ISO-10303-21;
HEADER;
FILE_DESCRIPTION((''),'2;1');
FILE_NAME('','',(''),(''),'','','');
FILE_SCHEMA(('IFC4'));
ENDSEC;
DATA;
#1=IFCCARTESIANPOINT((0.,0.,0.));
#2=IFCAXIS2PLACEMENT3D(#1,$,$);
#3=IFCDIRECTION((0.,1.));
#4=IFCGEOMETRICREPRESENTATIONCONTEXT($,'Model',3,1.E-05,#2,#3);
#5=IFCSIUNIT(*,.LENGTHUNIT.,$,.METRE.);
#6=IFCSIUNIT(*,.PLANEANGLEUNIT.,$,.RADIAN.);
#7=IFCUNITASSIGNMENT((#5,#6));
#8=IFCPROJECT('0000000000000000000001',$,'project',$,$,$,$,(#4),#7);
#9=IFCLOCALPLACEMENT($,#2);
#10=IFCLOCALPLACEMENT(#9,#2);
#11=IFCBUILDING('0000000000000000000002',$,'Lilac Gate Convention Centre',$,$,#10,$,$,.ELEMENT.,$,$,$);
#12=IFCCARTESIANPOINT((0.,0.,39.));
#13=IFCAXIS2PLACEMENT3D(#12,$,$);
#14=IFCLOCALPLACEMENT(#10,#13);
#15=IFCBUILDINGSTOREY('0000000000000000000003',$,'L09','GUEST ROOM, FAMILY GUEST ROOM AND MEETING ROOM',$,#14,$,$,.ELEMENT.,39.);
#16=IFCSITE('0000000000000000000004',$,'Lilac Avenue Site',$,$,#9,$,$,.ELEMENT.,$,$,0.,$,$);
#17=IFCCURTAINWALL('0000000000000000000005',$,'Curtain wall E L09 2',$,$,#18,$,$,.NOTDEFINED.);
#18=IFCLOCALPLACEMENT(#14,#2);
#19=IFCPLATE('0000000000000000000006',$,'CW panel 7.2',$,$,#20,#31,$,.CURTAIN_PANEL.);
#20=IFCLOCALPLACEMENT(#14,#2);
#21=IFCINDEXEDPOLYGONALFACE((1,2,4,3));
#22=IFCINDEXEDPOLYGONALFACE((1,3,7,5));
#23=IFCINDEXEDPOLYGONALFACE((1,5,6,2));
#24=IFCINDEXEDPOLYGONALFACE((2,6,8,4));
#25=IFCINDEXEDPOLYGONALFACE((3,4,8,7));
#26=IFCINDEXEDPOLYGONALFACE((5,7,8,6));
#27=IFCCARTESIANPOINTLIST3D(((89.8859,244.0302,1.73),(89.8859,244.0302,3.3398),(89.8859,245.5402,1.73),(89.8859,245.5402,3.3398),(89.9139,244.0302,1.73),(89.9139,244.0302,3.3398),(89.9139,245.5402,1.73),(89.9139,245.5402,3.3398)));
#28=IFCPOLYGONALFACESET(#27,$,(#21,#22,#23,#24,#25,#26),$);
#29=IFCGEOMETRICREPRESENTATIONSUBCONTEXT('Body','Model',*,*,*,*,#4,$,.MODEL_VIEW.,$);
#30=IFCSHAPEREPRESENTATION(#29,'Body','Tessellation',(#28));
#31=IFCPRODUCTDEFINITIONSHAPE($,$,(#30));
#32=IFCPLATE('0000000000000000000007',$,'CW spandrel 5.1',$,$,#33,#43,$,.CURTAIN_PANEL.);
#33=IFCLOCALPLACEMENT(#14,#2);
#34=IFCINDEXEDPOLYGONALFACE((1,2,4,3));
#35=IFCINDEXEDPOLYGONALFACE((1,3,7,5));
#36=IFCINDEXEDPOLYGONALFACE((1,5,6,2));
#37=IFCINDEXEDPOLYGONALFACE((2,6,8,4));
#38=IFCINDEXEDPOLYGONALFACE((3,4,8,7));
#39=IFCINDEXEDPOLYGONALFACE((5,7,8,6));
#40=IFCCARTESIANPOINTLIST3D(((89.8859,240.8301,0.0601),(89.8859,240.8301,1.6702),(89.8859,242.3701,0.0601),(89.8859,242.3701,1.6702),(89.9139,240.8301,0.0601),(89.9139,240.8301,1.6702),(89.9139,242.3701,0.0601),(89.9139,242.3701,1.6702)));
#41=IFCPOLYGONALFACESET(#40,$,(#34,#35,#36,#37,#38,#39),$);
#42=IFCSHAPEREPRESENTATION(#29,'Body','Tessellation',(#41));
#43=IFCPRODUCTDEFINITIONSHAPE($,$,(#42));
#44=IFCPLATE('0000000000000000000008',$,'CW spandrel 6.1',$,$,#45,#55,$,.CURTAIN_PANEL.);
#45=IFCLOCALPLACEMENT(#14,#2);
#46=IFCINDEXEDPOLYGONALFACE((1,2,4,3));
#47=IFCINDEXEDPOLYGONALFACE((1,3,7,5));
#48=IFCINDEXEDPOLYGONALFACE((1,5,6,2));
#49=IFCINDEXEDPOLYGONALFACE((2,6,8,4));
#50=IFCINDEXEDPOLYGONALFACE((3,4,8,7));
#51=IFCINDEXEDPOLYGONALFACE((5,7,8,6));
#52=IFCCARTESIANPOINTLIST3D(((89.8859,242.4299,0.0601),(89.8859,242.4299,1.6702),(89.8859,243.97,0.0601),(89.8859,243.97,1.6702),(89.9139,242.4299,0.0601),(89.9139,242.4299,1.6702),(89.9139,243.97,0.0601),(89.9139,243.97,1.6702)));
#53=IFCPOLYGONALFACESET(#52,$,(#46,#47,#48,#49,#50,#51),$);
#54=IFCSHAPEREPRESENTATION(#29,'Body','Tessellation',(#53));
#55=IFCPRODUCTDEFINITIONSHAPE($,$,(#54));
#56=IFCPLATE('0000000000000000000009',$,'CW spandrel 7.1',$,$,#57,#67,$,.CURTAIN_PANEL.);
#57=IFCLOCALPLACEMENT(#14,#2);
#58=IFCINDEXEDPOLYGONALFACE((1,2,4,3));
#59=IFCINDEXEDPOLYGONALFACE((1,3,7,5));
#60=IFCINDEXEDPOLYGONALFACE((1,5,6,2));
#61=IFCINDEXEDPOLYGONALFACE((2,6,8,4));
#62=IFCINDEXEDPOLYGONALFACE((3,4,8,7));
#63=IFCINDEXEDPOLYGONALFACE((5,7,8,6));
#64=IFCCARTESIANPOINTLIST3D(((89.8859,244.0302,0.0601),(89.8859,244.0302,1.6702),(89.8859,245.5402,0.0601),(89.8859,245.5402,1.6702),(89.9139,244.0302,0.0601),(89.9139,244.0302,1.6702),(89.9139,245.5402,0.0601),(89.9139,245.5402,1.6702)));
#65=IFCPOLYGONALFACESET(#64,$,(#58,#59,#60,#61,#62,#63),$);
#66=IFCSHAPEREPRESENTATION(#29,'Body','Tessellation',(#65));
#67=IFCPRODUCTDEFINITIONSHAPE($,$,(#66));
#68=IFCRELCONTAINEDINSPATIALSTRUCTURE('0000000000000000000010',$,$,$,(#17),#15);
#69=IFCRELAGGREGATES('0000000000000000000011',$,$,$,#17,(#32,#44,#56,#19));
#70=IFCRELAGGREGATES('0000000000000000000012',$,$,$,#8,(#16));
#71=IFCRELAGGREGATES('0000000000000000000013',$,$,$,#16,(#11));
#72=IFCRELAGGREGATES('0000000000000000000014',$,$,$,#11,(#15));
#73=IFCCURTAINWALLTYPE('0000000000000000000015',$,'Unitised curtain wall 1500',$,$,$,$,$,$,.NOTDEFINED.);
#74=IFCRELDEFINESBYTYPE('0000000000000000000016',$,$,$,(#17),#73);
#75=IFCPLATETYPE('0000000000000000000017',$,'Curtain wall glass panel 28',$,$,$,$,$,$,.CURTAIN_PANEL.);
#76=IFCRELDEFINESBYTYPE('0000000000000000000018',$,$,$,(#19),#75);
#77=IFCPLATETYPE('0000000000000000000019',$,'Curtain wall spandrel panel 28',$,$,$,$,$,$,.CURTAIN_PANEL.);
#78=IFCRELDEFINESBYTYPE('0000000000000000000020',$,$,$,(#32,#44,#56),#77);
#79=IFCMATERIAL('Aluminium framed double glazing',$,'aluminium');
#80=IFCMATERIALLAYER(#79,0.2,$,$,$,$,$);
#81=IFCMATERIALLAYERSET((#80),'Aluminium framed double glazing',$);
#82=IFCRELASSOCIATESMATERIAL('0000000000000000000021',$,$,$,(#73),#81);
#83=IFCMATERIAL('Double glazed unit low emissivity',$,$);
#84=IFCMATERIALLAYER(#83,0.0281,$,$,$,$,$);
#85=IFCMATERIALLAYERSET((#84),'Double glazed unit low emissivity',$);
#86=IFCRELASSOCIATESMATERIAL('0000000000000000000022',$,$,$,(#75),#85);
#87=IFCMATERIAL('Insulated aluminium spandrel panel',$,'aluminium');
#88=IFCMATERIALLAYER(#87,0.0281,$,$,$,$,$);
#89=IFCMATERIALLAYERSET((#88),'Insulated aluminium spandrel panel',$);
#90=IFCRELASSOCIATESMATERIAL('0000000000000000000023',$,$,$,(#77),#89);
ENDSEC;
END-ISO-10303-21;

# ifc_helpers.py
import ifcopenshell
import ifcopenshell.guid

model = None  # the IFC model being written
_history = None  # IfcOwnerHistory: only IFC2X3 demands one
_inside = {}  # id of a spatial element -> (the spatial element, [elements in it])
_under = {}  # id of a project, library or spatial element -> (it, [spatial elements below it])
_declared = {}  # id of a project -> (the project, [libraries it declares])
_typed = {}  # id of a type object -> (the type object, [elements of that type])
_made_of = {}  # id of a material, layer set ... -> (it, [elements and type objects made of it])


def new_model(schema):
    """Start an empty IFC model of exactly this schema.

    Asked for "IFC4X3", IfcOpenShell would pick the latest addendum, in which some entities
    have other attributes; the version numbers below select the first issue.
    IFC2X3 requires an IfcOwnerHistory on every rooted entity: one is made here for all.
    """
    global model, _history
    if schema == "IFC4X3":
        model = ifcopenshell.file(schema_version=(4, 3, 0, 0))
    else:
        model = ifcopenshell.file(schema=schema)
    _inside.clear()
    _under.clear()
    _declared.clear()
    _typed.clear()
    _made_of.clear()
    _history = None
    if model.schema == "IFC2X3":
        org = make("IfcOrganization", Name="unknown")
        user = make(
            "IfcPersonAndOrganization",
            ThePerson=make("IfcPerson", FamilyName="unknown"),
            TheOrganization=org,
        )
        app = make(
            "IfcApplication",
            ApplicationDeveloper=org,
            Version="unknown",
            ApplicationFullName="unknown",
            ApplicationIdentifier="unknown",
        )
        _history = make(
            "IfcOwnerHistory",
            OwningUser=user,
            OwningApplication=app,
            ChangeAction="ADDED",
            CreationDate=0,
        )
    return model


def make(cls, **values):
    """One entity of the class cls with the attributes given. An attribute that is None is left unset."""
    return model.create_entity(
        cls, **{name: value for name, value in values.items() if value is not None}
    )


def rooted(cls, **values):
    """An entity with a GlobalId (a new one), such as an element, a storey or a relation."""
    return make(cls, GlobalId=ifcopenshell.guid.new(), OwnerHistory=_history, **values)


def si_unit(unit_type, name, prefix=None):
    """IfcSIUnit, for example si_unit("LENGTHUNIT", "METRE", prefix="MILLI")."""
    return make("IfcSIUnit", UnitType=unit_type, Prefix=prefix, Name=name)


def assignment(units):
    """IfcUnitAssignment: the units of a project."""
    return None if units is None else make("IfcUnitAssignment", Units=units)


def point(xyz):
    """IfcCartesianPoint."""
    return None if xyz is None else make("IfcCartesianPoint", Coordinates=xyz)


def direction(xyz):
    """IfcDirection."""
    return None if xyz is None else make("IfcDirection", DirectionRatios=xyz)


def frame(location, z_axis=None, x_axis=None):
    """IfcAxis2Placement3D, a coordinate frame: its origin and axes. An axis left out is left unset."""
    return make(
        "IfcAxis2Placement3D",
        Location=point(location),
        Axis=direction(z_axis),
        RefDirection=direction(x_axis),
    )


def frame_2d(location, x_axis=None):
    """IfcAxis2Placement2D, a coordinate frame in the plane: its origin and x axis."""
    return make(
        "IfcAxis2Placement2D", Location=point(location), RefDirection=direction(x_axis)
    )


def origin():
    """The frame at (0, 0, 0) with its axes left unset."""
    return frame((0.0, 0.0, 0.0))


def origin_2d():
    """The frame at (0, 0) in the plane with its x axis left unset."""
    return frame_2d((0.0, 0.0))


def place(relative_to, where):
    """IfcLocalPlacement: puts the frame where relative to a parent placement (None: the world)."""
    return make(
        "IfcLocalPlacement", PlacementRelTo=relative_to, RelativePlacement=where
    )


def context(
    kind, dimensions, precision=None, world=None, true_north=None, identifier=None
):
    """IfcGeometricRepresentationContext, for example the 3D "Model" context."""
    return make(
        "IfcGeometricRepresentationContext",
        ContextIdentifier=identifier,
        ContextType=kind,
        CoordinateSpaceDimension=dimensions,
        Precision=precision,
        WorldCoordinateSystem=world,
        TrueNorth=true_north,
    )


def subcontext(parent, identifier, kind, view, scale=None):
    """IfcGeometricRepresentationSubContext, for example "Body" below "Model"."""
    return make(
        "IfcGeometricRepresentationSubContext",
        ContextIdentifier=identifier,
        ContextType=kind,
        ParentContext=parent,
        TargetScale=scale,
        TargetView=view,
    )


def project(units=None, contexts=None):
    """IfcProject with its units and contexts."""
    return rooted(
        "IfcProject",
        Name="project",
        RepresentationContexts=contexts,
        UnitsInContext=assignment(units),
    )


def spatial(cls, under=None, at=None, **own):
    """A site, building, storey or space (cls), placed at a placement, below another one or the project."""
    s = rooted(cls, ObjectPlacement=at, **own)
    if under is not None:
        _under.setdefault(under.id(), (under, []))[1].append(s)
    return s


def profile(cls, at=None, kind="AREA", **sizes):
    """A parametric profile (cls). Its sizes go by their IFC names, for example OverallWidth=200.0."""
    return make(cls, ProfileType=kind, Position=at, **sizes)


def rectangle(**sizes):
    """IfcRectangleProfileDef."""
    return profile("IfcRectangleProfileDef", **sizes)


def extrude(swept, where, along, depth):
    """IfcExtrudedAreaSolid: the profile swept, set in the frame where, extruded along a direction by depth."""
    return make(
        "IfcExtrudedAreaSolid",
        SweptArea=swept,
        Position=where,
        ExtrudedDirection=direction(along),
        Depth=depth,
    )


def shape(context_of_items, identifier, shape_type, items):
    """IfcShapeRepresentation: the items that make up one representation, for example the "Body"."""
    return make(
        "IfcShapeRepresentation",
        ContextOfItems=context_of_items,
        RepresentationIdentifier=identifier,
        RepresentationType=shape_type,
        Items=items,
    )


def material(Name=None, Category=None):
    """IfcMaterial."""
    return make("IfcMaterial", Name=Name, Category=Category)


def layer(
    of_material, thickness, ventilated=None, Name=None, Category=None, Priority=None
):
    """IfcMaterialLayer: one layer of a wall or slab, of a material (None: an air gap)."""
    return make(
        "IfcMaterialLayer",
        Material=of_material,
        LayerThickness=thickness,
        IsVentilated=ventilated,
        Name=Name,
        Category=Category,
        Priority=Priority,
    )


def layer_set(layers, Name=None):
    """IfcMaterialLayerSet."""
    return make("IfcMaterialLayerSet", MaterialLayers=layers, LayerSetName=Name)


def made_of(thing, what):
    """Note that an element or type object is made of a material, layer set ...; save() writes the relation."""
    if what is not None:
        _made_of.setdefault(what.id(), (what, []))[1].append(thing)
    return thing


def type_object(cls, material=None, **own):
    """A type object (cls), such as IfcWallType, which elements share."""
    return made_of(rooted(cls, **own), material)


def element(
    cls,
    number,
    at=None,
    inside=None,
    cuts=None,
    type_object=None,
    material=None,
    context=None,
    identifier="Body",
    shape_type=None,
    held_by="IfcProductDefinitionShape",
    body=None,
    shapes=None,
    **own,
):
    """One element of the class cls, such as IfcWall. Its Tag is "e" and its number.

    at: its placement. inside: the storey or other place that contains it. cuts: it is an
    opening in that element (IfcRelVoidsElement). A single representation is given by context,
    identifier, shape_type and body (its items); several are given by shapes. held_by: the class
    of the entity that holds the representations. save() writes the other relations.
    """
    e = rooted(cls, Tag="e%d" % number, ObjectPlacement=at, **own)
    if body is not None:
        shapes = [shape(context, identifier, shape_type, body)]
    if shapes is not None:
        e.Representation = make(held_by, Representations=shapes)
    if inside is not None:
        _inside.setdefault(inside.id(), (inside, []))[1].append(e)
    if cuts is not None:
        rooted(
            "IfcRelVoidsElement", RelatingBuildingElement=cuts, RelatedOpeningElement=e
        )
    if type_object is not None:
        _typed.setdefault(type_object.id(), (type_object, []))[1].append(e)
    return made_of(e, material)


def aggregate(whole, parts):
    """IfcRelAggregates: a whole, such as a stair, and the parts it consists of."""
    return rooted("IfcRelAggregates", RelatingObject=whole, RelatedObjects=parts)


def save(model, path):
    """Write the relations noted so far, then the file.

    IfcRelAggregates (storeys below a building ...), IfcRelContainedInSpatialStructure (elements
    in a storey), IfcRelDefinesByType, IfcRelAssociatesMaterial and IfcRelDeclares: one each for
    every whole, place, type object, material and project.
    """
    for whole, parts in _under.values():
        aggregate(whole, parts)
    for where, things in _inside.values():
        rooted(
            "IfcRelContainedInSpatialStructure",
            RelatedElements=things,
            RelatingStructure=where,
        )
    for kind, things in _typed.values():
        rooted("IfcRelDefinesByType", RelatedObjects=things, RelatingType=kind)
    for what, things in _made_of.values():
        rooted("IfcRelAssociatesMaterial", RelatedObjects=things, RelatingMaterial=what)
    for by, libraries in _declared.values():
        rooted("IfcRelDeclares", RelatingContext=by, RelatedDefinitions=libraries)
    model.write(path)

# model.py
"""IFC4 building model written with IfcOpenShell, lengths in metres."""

from ifc_helpers import new_model, si_unit, direction, frame, origin, origin_2d, place, context, subcontext, project, spatial, rectangle, extrude, material, layer, layer_set, type_object, element, aggregate, save


model = new_model("IFC4")

# Units and contexts
model_context = context("Model", 3, precision=1e-05, world=origin(), true_north=direction((0.0, 1.0)))
body_context = subcontext(model_context, "Body", "Model", "MODEL_VIEW")
ifc_project = project(units=[si_unit("LENGTHUNIT", "METRE"), si_unit("PLANEANGLEUNIT", "RADIAN")], contexts=[model_context])

# Site, building, storey
site_placement = place(None, origin())
site = spatial("IfcSite", under=ifc_project, at=site_placement, Name="Lilac Avenue Site", CompositionType="ELEMENT", RefElevation=0.0)
building_placement = place(site_placement, origin())
building = spatial("IfcBuilding", under=site, at=building_placement, Name="Lilac Gate Convention Centre", CompositionType="ELEMENT")
storey_placement = place(building_placement, frame((0.0, 0.0, 39.0)))
storey = spatial("IfcBuildingStorey", under=building, at=storey_placement, Name="L09", Description="GUEST ROOM, FAMILY GUEST ROOM AND MEETING ROOM", CompositionType="ELEMENT", Elevation=39.0)

# Curtain wall, plates
ifc_material_1 = material(Name="Aluminium framed double glazing", Category="aluminium")
ifc_layer_1 = layer(ifc_material_1, 0.2)
ifc_layer_set_1 = layer_set([ifc_layer_1], Name="Aluminium framed double glazing")
curtain_wall_type = type_object("IfcCurtainWallType", Name="Unitised curtain wall 1500", PredefinedType="NOTDEFINED", material=ifc_layer_set_1)
curtain_wall_placement = place(storey_placement, origin())
curtain_wall = element("IfcCurtainWall", 1, at=curtain_wall_placement, inside=storey, type_object=curtain_wall_type, Name="Curtain wall E L09 2", PredefinedType="NOTDEFINED")
ifc_material_2 = material(Name="Double glazed unit low emissivity")
ifc_layer_2 = layer(ifc_material_2, 0.0281)
ifc_layer_set_2 = layer_set([ifc_layer_2], Name="Double glazed unit low emissivity")
plate_type_1 = type_object("IfcPlateType", Name="Curtain wall glass panel 28", PredefinedType="CURTAIN_PANEL", material=ifc_layer_set_2)
plate_1_placement = place(storey_placement, frame((89.8999, 244.7852, 1.73), z_axis=(0.0, 0.0, 1.0), x_axis=(0.0, 1.0, 0.0)))
plate_1 = element("IfcPlate", 2, at=plate_1_placement, type_object=plate_type_1, Name="CW panel 7.2", PredefinedType="CURTAIN_PANEL", context=body_context, shape_type="SweptSolid", body=[
    extrude(rectangle(XDim=1.51, YDim=0.0281, at=origin_2d()), origin(), (0.0, 0.0, 1.0), 1.6099),
])
ifc_material_3 = material(Name="Insulated aluminium spandrel panel", Category="aluminium")
ifc_layer_3 = layer(ifc_material_3, 0.0281)
ifc_layer_set_3 = layer_set([ifc_layer_3], Name="Insulated aluminium spandrel panel")
plate_type_2 = type_object("IfcPlateType", Name="Curtain wall spandrel panel 28", PredefinedType="CURTAIN_PANEL", material=ifc_layer_set_3)
plate_2_placement = place(storey_placement, frame((89.8999, 241.6001, 0.0601), z_axis=(0.0, 0.0, 1.0), x_axis=(0.0, 1.0, 0.0)))
plate_2 = element("IfcPlate", 3, at=plate_2_placement, type_object=plate_type_2, Name="CW spandrel 5.1", PredefinedType="CURTAIN_PANEL", context=body_context, shape_type="SweptSolid", body=[
    extrude(rectangle(XDim=1.54, YDim=0.0281, at=origin_2d()), origin(), (0.0, 0.0, 1.0), 1.6101),
])
plate_3_placement = place(storey_placement, frame((89.8999, 243.2, 0.0601), z_axis=(0.0, 0.0, 1.0), x_axis=(0.0, 1.0, 0.0)))
plate_3 = element("IfcPlate", 4, at=plate_3_placement, type_object=plate_type_2, Name="CW spandrel 6.1", PredefinedType="CURTAIN_PANEL", context=body_context, shape_type="SweptSolid", body=[
    extrude(rectangle(XDim=1.54, YDim=0.0281, at=origin_2d()), origin(), (0.0, 0.0, 1.0), 1.6101),
])
plate_4_placement = place(storey_placement, frame((89.8999, 244.7852, 0.0601), z_axis=(0.0, 0.0, 1.0), x_axis=(0.0, 1.0, 0.0)))
plate_4 = element("IfcPlate", 5, at=plate_4_placement, type_object=plate_type_2, Name="CW spandrel 7.1", PredefinedType="CURTAIN_PANEL", context=body_context, shape_type="SweptSolid", body=[
    extrude(rectangle(XDim=1.51, YDim=0.0281, at=origin_2d()), origin(), (0.0, 0.0, 1.0), 1.6101),
])
aggregate(curtain_wall, [plate_2, plate_3, plate_4, plate_1])

save(model, "model.ifc")
